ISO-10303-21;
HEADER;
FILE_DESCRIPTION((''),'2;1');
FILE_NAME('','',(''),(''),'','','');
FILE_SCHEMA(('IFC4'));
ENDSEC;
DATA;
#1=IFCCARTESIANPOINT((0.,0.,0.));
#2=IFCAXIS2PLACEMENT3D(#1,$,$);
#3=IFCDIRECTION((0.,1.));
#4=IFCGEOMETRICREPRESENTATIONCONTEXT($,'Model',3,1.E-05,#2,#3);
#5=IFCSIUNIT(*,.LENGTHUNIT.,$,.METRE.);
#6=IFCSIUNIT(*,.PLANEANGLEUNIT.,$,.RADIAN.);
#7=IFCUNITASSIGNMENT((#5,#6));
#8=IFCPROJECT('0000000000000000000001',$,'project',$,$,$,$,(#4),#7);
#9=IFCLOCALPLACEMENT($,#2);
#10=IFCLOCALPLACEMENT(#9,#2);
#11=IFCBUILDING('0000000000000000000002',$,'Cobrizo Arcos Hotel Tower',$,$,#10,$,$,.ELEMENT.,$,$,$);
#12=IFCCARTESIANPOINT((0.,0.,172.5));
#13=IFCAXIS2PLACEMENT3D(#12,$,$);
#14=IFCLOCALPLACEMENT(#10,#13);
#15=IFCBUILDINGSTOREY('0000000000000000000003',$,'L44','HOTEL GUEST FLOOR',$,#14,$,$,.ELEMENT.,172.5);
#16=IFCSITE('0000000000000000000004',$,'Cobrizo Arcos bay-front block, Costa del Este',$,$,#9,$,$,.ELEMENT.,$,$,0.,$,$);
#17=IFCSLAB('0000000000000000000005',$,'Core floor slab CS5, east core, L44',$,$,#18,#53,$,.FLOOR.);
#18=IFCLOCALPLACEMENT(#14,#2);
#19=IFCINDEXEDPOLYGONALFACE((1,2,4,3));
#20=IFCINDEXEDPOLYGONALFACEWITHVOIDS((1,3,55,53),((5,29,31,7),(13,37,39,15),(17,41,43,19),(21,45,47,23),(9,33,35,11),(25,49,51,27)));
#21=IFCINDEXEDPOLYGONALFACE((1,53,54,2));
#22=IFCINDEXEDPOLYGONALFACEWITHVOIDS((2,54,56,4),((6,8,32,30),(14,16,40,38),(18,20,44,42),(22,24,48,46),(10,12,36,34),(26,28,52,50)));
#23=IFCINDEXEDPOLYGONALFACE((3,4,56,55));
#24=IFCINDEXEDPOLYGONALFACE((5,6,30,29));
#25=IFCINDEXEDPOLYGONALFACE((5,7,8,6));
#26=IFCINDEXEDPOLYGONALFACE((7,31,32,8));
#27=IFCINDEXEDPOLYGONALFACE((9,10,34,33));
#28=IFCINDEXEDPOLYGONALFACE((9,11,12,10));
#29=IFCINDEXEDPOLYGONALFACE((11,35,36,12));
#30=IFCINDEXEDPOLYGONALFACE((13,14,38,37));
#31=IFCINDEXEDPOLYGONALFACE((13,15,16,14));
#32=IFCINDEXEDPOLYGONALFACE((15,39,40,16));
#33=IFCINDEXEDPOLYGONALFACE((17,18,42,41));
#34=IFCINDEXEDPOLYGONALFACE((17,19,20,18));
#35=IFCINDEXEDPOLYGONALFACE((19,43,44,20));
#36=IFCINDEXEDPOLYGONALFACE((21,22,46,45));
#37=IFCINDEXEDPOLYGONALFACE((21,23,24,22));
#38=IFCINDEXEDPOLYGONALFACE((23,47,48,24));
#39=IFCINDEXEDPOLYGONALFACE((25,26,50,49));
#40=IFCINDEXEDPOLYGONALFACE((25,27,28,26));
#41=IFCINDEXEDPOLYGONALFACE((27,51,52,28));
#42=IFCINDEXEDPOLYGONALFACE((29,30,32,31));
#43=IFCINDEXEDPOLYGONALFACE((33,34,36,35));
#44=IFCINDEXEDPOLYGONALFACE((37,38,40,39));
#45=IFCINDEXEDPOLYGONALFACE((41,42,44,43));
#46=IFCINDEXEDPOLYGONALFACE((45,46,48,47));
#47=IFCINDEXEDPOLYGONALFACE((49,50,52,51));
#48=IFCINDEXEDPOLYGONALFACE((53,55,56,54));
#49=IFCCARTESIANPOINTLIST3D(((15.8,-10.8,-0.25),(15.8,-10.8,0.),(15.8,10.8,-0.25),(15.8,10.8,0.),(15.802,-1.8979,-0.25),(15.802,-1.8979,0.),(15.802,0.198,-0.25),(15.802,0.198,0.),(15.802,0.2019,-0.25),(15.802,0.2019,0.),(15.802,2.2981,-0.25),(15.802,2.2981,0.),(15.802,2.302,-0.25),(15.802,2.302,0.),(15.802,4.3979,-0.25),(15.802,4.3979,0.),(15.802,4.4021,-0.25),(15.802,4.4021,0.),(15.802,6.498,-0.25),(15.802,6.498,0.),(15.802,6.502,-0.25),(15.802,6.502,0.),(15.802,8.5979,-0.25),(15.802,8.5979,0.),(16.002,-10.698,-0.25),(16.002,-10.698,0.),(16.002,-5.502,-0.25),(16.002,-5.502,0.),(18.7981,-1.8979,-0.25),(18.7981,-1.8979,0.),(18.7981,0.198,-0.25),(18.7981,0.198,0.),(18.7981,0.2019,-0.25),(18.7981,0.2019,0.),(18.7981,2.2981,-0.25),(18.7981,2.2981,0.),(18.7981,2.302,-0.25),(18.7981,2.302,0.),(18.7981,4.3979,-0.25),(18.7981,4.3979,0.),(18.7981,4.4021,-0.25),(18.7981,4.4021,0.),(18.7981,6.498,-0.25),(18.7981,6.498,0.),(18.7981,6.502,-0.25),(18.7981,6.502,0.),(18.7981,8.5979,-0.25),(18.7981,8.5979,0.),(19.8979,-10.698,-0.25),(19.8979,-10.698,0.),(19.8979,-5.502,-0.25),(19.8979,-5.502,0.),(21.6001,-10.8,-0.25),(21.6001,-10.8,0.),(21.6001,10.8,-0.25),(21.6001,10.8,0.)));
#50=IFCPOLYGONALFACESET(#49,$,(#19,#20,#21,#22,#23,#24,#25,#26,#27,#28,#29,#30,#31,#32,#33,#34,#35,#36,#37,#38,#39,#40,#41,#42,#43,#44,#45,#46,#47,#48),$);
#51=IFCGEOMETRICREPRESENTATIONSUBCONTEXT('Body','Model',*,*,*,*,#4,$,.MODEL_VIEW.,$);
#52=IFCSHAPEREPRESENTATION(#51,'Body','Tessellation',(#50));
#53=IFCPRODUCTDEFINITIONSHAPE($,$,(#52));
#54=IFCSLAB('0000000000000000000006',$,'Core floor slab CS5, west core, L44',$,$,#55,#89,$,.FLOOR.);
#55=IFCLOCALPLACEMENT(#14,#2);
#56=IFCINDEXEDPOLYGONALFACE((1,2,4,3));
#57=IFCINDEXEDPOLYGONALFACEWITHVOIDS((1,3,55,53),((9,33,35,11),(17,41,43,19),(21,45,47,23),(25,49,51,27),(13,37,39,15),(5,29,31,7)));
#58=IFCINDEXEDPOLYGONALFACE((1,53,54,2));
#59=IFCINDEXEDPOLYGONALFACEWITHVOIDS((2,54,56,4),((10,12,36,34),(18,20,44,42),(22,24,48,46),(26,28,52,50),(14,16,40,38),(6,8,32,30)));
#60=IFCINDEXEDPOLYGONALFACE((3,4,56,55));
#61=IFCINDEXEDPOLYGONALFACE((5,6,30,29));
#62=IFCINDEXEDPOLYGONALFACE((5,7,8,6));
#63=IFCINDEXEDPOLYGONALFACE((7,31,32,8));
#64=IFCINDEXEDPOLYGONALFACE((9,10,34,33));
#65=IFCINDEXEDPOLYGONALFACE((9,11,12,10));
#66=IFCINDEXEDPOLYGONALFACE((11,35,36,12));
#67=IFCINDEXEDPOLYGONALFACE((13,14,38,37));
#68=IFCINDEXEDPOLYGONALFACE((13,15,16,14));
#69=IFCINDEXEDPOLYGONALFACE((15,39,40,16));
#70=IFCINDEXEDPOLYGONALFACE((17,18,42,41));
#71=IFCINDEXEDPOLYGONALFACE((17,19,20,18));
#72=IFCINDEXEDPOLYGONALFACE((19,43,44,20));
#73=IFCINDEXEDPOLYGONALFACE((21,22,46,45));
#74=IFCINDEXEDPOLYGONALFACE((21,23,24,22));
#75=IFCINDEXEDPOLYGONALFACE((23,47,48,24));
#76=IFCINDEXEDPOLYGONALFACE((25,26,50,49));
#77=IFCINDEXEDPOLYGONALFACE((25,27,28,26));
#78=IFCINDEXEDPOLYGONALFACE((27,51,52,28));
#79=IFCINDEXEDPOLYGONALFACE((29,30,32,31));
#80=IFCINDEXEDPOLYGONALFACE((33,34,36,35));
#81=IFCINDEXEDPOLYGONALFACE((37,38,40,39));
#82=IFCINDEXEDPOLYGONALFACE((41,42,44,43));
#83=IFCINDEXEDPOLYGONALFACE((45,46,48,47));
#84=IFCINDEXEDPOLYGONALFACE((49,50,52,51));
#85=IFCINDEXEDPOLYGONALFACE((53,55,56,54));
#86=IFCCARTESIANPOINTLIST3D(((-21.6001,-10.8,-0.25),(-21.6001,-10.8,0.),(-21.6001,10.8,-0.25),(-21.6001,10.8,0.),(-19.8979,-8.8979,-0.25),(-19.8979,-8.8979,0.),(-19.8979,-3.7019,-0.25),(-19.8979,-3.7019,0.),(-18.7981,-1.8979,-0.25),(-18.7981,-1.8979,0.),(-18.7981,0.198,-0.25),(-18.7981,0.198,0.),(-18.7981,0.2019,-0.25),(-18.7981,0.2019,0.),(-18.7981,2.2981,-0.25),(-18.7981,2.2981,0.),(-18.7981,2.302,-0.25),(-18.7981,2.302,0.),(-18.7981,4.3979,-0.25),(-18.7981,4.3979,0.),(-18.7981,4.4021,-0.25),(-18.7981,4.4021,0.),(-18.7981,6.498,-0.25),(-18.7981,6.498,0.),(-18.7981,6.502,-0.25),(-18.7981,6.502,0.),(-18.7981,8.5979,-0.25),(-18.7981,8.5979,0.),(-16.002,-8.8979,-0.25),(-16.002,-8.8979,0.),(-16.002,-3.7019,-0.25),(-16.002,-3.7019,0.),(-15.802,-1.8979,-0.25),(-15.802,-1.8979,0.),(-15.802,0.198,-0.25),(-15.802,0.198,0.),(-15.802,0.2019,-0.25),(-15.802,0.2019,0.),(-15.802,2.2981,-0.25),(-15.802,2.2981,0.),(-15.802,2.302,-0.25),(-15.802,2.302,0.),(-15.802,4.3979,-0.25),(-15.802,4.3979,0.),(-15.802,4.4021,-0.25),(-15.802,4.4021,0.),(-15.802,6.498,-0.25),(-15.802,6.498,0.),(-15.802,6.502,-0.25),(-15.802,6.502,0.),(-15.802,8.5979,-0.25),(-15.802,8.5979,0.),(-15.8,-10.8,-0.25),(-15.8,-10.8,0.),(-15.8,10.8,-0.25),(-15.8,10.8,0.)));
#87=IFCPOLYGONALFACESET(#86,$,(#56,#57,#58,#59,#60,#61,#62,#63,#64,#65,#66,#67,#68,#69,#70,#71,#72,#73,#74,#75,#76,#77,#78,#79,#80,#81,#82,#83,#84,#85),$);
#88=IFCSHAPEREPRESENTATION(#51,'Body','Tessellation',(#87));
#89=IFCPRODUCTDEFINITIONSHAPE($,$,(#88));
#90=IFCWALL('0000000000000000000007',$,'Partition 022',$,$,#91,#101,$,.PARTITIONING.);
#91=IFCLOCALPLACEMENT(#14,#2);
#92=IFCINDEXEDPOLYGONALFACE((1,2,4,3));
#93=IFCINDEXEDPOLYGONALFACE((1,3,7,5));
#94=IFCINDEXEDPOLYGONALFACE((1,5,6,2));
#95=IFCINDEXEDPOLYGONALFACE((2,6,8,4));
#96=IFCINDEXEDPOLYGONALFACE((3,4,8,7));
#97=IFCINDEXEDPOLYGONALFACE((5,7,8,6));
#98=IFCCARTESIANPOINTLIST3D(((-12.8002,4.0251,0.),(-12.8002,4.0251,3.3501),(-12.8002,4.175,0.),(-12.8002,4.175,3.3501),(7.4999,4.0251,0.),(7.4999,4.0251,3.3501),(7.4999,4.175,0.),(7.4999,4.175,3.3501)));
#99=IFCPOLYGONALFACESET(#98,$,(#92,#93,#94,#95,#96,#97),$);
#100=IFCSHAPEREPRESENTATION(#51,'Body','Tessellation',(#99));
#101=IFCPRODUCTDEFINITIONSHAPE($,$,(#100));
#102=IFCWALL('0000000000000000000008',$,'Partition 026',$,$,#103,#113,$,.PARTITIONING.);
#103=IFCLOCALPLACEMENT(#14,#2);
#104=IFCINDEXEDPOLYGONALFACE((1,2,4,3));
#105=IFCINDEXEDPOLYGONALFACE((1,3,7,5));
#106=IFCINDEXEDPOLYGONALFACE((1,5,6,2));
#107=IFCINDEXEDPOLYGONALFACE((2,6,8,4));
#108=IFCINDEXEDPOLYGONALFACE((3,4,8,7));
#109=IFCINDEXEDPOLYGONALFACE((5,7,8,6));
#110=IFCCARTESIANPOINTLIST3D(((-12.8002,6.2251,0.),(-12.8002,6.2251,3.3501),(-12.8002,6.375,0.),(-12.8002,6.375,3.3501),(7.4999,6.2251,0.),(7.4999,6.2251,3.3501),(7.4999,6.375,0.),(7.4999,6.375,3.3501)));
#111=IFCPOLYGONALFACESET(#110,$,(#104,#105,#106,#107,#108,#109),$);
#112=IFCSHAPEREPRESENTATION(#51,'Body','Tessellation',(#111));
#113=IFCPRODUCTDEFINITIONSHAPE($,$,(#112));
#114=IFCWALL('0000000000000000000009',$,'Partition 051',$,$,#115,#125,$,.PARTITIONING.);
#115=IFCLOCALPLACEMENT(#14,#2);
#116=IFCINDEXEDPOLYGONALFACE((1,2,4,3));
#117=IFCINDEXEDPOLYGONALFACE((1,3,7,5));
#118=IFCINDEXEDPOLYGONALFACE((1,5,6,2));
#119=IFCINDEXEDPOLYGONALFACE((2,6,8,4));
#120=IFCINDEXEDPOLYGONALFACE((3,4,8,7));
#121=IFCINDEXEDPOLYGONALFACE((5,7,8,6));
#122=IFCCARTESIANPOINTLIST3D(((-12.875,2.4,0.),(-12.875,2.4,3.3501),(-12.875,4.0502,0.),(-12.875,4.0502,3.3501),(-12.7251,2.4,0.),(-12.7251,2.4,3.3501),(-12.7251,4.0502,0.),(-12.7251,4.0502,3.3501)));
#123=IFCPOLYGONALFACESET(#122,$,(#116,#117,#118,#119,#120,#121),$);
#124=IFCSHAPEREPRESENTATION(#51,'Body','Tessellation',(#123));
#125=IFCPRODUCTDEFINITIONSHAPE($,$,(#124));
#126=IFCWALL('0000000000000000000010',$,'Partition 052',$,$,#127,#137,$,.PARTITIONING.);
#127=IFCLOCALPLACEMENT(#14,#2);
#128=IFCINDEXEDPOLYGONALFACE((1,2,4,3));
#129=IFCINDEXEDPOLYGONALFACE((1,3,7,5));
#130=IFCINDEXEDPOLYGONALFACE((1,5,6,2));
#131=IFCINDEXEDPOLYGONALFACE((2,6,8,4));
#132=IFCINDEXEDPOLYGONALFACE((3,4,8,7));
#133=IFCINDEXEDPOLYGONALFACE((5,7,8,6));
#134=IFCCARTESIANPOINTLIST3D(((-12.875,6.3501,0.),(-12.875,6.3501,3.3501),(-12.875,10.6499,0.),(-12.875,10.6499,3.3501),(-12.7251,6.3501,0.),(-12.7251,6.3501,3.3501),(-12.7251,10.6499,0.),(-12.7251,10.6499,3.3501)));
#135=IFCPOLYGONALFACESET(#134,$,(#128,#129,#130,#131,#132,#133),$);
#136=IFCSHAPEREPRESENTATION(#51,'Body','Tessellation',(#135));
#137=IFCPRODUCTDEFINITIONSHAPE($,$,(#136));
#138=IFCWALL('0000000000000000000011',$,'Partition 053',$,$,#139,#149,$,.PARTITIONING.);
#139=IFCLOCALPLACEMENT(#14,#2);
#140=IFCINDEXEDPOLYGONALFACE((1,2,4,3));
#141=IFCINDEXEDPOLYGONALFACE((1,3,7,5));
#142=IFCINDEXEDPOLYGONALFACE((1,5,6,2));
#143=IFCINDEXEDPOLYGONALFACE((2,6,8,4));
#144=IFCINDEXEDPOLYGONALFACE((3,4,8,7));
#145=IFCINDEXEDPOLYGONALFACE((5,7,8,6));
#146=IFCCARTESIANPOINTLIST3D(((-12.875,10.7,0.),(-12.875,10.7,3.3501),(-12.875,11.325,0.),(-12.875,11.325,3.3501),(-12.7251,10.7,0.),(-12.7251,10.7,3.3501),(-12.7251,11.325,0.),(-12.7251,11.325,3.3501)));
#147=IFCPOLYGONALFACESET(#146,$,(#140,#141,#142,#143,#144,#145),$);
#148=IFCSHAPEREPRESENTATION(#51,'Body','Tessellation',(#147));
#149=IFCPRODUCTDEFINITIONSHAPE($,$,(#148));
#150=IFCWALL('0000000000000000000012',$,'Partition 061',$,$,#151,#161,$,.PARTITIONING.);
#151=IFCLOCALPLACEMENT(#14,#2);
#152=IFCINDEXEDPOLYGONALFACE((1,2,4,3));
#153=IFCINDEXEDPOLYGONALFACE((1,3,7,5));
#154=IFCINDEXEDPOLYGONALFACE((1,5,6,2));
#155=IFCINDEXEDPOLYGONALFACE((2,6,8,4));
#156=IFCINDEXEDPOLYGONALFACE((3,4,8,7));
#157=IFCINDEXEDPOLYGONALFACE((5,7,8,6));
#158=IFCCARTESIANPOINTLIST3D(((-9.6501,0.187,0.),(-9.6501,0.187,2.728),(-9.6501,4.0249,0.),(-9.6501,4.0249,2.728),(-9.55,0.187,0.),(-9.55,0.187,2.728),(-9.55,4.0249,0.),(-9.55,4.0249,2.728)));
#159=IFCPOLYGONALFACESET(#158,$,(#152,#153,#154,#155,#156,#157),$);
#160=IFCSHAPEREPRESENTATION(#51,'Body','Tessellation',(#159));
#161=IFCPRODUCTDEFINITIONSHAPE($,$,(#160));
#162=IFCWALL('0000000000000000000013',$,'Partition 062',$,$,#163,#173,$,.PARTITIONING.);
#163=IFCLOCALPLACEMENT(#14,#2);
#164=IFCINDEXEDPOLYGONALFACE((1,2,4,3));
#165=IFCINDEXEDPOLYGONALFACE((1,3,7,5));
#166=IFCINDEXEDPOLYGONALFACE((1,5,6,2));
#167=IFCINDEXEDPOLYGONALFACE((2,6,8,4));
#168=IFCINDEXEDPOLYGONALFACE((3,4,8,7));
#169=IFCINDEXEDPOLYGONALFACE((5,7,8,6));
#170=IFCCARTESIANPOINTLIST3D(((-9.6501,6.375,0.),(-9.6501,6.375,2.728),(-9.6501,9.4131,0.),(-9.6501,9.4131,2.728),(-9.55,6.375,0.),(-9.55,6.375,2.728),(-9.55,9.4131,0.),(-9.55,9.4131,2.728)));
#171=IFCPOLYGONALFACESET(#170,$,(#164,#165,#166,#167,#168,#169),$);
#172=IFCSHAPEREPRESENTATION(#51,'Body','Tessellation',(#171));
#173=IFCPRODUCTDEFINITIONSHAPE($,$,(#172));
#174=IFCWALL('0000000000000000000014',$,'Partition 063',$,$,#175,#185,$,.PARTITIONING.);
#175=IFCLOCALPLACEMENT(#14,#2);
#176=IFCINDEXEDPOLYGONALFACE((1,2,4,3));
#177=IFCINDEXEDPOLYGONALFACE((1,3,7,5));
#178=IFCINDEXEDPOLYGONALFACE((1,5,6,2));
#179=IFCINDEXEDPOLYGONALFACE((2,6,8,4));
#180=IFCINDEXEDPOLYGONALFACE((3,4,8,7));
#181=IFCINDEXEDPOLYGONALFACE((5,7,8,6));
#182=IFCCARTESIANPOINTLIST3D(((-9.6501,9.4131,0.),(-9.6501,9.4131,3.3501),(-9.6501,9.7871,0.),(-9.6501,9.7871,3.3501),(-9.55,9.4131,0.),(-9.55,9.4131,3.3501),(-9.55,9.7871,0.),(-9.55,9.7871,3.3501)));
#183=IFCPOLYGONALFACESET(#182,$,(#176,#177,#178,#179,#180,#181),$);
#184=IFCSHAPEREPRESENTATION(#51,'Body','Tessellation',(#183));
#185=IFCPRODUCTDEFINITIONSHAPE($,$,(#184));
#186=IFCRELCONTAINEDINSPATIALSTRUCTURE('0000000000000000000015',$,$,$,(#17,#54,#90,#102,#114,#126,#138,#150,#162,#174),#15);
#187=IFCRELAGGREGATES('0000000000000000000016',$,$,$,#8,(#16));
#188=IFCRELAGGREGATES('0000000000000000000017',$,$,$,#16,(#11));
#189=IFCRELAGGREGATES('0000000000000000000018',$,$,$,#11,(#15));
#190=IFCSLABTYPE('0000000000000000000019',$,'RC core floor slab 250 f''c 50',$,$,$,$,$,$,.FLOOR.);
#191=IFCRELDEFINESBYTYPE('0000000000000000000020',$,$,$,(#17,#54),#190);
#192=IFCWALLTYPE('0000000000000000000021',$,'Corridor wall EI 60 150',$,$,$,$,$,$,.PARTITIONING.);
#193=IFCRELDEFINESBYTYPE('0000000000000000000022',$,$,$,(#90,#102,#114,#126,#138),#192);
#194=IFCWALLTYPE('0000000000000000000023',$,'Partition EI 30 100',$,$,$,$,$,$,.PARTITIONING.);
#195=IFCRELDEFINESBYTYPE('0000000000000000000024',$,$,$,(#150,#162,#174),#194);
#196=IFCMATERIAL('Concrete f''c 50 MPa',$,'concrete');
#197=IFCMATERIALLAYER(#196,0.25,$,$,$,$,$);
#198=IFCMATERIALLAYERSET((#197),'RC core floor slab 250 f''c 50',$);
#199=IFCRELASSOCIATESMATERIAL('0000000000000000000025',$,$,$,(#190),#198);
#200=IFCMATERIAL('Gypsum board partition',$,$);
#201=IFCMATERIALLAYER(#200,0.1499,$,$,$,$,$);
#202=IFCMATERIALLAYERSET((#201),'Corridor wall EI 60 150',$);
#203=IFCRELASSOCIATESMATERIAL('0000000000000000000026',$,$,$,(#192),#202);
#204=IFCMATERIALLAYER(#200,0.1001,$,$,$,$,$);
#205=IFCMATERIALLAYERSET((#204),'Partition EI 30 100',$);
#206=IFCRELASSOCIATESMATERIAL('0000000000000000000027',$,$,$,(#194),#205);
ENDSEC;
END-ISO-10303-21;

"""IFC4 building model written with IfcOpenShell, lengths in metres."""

from ifc_helpers import new_model, si_unit, direction, frame, frame_2d, origin, place, context, subcontext, project, spatial, polyline, rectangle, outline, extrude, material, layer, layer_set, type_object, element, save


model = new_model("IFC4")

# Units and contexts
model_context = context("Model", 3, precision=1e-05, world=origin(), true_north=direction((0.0, 1.0)))
body_context = subcontext(model_context, "Body", "Model", "MODEL_VIEW")
ifc_project = project(units=[si_unit("LENGTHUNIT", "METRE"), si_unit("PLANEANGLEUNIT", "RADIAN")], contexts=[model_context])

# Site, building, storey
site_placement = place(None, origin())
site = spatial("IfcSite", under=ifc_project, at=site_placement, Name="Cobrizo Arcos bay-front block, Costa del Este", CompositionType="ELEMENT", RefElevation=0.0)
building_placement = place(site_placement, origin())
building = spatial("IfcBuilding", under=site, at=building_placement, Name="Cobrizo Arcos Hotel Tower", CompositionType="ELEMENT")
storey_placement = place(building_placement, frame((0.0, 0.0, 172.5)))
storey = spatial("IfcBuildingStorey", under=building, at=storey_placement, Name="L44", Description="HOTEL GUEST FLOOR", CompositionType="ELEMENT", Elevation=172.5)

# Slabs
ifc_material_1 = material(Name="Concrete f'c 50 MPa", Category="concrete")
ifc_layer_1 = layer(ifc_material_1, 0.25)
ifc_layer_set_1 = layer_set([ifc_layer_1], Name="RC core floor slab 250 f'c 50")
slab_type_1 = type_object("IfcSlabType", Name="RC core floor slab 250 f'c 50", PredefinedType="FLOOR", material=ifc_layer_set_1)
slab_1_placement = place(storey_placement, frame((0.0, 0.0, -0.25)))
element("IfcSlab", 1, at=slab_1_placement, inside=storey, type_object=slab_type_1, Name="Core floor slab CS5, east core, L44", PredefinedType="FLOOR", context=body_context, shape_type="SweptSolid", body=[
    extrude(outline(polyline([(15.8, 10.8), (21.6001, 10.8), (21.6001, -10.8), (15.8, -10.8), (15.8, 10.8)]), holes=[polyline([(19.8979, -10.698), (19.8979, -5.502), (16.002, -5.502), (16.002, -10.698), (19.8979, -10.698)]), polyline([(15.802, 0.198), (15.802, -1.8979), (18.7981, -1.8979), (18.7981, 0.198), (15.802, 0.198)]), polyline([(15.802, 2.2981), (15.802, 0.2019), (18.7981, 0.2019), (18.7981, 2.2981), (15.802, 2.2981)]), polyline([(15.802, 4.3979), (15.802, 2.302), (18.7981, 2.302), (18.7981, 4.3979), (15.802, 4.3979)]), polyline([(18.7981, 6.498), (15.802, 6.498), (15.802, 4.4021), (18.7981, 4.4021), (18.7981, 6.498)]), polyline([(18.7981, 8.5979), (15.802, 8.5979), (15.802, 6.502), (18.7981, 6.502), (18.7981, 8.5979)])]), origin(), (0.0, 0.0, 1.0), 0.25),
])
slab_2_placement = place(storey_placement, frame((0.0, 0.0, -0.25)))
element("IfcSlab", 2, at=slab_2_placement, inside=storey, type_object=slab_type_1, Name="Core floor slab CS5, west core, L44", PredefinedType="FLOOR", context=body_context, shape_type="SweptSolid", body=[
    extrude(outline(polyline([(-21.6001, 10.8), (-15.8, 10.8), (-15.8, -10.8), (-21.6001, -10.8), (-21.6001, 10.8)]), holes=[polyline([(-19.8979, -3.7019), (-19.8979, -8.8979), (-16.002, -8.8979), (-16.002, -3.7019), (-19.8979, -3.7019)]), polyline([(-18.7981, 0.198), (-18.7981, -1.8979), (-15.802, -1.8979), (-15.802, 0.198), (-18.7981, 0.198)]), polyline([(-18.7981, 2.2981), (-18.7981, 0.2019), (-15.802, 0.2019), (-15.802, 2.2981), (-18.7981, 2.2981)]), polyline([(-18.7981, 4.3979), (-18.7981, 2.302), (-15.802, 2.302), (-15.802, 4.3979), (-18.7981, 4.3979)]), polyline([(-15.802, 6.498), (-18.7981, 6.498), (-18.7981, 4.4021), (-15.802, 4.4021), (-15.802, 6.498)]), polyline([(-15.802, 8.5979), (-18.7981, 8.5979), (-18.7981, 6.502), (-15.802, 6.502), (-15.802, 8.5979)])]), origin(), (0.0, 0.0, 1.0), 0.25),
])

# Walls
ifc_material_2 = material(Name="Gypsum board partition")
ifc_layer_2 = layer(ifc_material_2, 0.1499)
ifc_layer_set_2 = layer_set([ifc_layer_2], Name="Corridor wall EI 60 150")
wall_type_1 = type_object("IfcWallType", Name="Corridor wall EI 60 150", PredefinedType="PARTITIONING", material=ifc_layer_set_2)
for number, where, z_axis, x_axis, name in (
    (3, (-12.8, 4.1001, 0.0), (0.0, 0.0, 1.0), (1.0, 0.0, 0.0), "Partition 022"),
    (4, (-12.8, 6.3, 0.0), (0.0, 0.0, 1.0), (1.0, 0.0, 0.0), "Partition 026"),
):
    element("IfcWall", number, at=place(storey_placement, frame(where, z_axis=z_axis, x_axis=x_axis)), inside=storey, type_object=wall_type_1, Name=name, PredefinedType="PARTITIONING", context=body_context, shape_type="SweptSolid", body=[
        extrude(rectangle(XDim=20.3, YDim=0.1499, at=frame_2d((10.1499, 0.0))), origin(), (0.0, 0.0, 1.0), 3.3501),
    ])
wall_1_placement = place(storey_placement, frame((-12.8, 2.3999, 0.0), z_axis=(0.0, 0.0, 1.0), x_axis=(0.0, 1.0, 0.0)))
element("IfcWall", 5, at=wall_1_placement, inside=storey, type_object=wall_type_1, Name="Partition 051", PredefinedType="PARTITIONING", context=body_context, shape_type="SweptSolid", body=[
    extrude(rectangle(XDim=1.6501, YDim=0.1499, at=frame_2d((0.8252, 0.0))), origin(), (0.0, 0.0, 1.0), 3.3501),
])
wall_2_placement = place(storey_placement, frame((-12.8, 6.3501, 0.0), z_axis=(0.0, 0.0, 1.0), x_axis=(0.0, 1.0, 0.0)))
element("IfcWall", 6, at=wall_2_placement, inside=storey, type_object=wall_type_1, Name="Partition 052", PredefinedType="PARTITIONING", context=body_context, shape_type="SweptSolid", body=[
    extrude(rectangle(XDim=4.2998, YDim=0.1499, at=frame_2d((2.1499, 0.0))), origin(), (0.0, 0.0, 1.0), 3.3501),
])
wall_3_placement = place(storey_placement, frame((-12.8, 10.7, 0.0), z_axis=(0.0, 0.0, 1.0), x_axis=(0.0, 1.0, 0.0)))
element("IfcWall", 7, at=wall_3_placement, inside=storey, type_object=wall_type_1, Name="Partition 053", PredefinedType="PARTITIONING", context=body_context, shape_type="SweptSolid", body=[
    extrude(rectangle(XDim=0.625, YDim=0.1499, at=frame_2d((0.3125, 0.0))), origin(), (0.0, 0.0, 1.0), 3.3501),
])
ifc_layer_3 = layer(ifc_material_2, 0.1001)
ifc_layer_set_3 = layer_set([ifc_layer_3], Name="Partition EI 30 100")
wall_type_2 = type_object("IfcWallType", Name="Partition EI 30 100", PredefinedType="PARTITIONING", material=ifc_layer_set_3)
wall_4_placement = place(storey_placement, frame((-9.6001, 0.187, 0.0), z_axis=(0.0, 0.0, 1.0), x_axis=(0.0, 1.0, 0.0)))
element("IfcWall", 8, at=wall_4_placement, inside=storey, type_object=wall_type_2, Name="Partition 061", PredefinedType="PARTITIONING", context=body_context, shape_type="SweptSolid", body=[
    extrude(rectangle(XDim=3.8379, YDim=0.1001, at=frame_2d((1.9189, 0.0))), origin(), (0.0, 0.0, 1.0), 2.728),
])
wall_5_placement = place(storey_placement, frame((-9.6001, 6.375, 0.0), z_axis=(0.0, 0.0, 1.0), x_axis=(0.0, 1.0, 0.0)))
element("IfcWall", 9, at=wall_5_placement, inside=storey, type_object=wall_type_2, Name="Partition 062", PredefinedType="PARTITIONING", context=body_context, shape_type="SweptSolid", body=[
    extrude(rectangle(XDim=3.0381, YDim=0.1001, at=frame_2d((1.519, 0.0))), origin(), (0.0, 0.0, 1.0), 2.728),
])
wall_6_placement = place(storey_placement, frame((-9.6001, 9.4131, 0.0), z_axis=(0.0, 0.0, 1.0), x_axis=(0.0, 1.0, 0.0)))
element("IfcWall", 10, at=wall_6_placement, inside=storey, type_object=wall_type_2, Name="Partition 063", PredefinedType="PARTITIONING", context=body_context, shape_type="SweptSolid", body=[
    extrude(rectangle(XDim=0.374, YDim=0.1001, at=frame_2d((0.187, 0.0))), origin(), (0.0, 0.0, 1.0), 3.3501),
])

save(model, "model.ifc")
